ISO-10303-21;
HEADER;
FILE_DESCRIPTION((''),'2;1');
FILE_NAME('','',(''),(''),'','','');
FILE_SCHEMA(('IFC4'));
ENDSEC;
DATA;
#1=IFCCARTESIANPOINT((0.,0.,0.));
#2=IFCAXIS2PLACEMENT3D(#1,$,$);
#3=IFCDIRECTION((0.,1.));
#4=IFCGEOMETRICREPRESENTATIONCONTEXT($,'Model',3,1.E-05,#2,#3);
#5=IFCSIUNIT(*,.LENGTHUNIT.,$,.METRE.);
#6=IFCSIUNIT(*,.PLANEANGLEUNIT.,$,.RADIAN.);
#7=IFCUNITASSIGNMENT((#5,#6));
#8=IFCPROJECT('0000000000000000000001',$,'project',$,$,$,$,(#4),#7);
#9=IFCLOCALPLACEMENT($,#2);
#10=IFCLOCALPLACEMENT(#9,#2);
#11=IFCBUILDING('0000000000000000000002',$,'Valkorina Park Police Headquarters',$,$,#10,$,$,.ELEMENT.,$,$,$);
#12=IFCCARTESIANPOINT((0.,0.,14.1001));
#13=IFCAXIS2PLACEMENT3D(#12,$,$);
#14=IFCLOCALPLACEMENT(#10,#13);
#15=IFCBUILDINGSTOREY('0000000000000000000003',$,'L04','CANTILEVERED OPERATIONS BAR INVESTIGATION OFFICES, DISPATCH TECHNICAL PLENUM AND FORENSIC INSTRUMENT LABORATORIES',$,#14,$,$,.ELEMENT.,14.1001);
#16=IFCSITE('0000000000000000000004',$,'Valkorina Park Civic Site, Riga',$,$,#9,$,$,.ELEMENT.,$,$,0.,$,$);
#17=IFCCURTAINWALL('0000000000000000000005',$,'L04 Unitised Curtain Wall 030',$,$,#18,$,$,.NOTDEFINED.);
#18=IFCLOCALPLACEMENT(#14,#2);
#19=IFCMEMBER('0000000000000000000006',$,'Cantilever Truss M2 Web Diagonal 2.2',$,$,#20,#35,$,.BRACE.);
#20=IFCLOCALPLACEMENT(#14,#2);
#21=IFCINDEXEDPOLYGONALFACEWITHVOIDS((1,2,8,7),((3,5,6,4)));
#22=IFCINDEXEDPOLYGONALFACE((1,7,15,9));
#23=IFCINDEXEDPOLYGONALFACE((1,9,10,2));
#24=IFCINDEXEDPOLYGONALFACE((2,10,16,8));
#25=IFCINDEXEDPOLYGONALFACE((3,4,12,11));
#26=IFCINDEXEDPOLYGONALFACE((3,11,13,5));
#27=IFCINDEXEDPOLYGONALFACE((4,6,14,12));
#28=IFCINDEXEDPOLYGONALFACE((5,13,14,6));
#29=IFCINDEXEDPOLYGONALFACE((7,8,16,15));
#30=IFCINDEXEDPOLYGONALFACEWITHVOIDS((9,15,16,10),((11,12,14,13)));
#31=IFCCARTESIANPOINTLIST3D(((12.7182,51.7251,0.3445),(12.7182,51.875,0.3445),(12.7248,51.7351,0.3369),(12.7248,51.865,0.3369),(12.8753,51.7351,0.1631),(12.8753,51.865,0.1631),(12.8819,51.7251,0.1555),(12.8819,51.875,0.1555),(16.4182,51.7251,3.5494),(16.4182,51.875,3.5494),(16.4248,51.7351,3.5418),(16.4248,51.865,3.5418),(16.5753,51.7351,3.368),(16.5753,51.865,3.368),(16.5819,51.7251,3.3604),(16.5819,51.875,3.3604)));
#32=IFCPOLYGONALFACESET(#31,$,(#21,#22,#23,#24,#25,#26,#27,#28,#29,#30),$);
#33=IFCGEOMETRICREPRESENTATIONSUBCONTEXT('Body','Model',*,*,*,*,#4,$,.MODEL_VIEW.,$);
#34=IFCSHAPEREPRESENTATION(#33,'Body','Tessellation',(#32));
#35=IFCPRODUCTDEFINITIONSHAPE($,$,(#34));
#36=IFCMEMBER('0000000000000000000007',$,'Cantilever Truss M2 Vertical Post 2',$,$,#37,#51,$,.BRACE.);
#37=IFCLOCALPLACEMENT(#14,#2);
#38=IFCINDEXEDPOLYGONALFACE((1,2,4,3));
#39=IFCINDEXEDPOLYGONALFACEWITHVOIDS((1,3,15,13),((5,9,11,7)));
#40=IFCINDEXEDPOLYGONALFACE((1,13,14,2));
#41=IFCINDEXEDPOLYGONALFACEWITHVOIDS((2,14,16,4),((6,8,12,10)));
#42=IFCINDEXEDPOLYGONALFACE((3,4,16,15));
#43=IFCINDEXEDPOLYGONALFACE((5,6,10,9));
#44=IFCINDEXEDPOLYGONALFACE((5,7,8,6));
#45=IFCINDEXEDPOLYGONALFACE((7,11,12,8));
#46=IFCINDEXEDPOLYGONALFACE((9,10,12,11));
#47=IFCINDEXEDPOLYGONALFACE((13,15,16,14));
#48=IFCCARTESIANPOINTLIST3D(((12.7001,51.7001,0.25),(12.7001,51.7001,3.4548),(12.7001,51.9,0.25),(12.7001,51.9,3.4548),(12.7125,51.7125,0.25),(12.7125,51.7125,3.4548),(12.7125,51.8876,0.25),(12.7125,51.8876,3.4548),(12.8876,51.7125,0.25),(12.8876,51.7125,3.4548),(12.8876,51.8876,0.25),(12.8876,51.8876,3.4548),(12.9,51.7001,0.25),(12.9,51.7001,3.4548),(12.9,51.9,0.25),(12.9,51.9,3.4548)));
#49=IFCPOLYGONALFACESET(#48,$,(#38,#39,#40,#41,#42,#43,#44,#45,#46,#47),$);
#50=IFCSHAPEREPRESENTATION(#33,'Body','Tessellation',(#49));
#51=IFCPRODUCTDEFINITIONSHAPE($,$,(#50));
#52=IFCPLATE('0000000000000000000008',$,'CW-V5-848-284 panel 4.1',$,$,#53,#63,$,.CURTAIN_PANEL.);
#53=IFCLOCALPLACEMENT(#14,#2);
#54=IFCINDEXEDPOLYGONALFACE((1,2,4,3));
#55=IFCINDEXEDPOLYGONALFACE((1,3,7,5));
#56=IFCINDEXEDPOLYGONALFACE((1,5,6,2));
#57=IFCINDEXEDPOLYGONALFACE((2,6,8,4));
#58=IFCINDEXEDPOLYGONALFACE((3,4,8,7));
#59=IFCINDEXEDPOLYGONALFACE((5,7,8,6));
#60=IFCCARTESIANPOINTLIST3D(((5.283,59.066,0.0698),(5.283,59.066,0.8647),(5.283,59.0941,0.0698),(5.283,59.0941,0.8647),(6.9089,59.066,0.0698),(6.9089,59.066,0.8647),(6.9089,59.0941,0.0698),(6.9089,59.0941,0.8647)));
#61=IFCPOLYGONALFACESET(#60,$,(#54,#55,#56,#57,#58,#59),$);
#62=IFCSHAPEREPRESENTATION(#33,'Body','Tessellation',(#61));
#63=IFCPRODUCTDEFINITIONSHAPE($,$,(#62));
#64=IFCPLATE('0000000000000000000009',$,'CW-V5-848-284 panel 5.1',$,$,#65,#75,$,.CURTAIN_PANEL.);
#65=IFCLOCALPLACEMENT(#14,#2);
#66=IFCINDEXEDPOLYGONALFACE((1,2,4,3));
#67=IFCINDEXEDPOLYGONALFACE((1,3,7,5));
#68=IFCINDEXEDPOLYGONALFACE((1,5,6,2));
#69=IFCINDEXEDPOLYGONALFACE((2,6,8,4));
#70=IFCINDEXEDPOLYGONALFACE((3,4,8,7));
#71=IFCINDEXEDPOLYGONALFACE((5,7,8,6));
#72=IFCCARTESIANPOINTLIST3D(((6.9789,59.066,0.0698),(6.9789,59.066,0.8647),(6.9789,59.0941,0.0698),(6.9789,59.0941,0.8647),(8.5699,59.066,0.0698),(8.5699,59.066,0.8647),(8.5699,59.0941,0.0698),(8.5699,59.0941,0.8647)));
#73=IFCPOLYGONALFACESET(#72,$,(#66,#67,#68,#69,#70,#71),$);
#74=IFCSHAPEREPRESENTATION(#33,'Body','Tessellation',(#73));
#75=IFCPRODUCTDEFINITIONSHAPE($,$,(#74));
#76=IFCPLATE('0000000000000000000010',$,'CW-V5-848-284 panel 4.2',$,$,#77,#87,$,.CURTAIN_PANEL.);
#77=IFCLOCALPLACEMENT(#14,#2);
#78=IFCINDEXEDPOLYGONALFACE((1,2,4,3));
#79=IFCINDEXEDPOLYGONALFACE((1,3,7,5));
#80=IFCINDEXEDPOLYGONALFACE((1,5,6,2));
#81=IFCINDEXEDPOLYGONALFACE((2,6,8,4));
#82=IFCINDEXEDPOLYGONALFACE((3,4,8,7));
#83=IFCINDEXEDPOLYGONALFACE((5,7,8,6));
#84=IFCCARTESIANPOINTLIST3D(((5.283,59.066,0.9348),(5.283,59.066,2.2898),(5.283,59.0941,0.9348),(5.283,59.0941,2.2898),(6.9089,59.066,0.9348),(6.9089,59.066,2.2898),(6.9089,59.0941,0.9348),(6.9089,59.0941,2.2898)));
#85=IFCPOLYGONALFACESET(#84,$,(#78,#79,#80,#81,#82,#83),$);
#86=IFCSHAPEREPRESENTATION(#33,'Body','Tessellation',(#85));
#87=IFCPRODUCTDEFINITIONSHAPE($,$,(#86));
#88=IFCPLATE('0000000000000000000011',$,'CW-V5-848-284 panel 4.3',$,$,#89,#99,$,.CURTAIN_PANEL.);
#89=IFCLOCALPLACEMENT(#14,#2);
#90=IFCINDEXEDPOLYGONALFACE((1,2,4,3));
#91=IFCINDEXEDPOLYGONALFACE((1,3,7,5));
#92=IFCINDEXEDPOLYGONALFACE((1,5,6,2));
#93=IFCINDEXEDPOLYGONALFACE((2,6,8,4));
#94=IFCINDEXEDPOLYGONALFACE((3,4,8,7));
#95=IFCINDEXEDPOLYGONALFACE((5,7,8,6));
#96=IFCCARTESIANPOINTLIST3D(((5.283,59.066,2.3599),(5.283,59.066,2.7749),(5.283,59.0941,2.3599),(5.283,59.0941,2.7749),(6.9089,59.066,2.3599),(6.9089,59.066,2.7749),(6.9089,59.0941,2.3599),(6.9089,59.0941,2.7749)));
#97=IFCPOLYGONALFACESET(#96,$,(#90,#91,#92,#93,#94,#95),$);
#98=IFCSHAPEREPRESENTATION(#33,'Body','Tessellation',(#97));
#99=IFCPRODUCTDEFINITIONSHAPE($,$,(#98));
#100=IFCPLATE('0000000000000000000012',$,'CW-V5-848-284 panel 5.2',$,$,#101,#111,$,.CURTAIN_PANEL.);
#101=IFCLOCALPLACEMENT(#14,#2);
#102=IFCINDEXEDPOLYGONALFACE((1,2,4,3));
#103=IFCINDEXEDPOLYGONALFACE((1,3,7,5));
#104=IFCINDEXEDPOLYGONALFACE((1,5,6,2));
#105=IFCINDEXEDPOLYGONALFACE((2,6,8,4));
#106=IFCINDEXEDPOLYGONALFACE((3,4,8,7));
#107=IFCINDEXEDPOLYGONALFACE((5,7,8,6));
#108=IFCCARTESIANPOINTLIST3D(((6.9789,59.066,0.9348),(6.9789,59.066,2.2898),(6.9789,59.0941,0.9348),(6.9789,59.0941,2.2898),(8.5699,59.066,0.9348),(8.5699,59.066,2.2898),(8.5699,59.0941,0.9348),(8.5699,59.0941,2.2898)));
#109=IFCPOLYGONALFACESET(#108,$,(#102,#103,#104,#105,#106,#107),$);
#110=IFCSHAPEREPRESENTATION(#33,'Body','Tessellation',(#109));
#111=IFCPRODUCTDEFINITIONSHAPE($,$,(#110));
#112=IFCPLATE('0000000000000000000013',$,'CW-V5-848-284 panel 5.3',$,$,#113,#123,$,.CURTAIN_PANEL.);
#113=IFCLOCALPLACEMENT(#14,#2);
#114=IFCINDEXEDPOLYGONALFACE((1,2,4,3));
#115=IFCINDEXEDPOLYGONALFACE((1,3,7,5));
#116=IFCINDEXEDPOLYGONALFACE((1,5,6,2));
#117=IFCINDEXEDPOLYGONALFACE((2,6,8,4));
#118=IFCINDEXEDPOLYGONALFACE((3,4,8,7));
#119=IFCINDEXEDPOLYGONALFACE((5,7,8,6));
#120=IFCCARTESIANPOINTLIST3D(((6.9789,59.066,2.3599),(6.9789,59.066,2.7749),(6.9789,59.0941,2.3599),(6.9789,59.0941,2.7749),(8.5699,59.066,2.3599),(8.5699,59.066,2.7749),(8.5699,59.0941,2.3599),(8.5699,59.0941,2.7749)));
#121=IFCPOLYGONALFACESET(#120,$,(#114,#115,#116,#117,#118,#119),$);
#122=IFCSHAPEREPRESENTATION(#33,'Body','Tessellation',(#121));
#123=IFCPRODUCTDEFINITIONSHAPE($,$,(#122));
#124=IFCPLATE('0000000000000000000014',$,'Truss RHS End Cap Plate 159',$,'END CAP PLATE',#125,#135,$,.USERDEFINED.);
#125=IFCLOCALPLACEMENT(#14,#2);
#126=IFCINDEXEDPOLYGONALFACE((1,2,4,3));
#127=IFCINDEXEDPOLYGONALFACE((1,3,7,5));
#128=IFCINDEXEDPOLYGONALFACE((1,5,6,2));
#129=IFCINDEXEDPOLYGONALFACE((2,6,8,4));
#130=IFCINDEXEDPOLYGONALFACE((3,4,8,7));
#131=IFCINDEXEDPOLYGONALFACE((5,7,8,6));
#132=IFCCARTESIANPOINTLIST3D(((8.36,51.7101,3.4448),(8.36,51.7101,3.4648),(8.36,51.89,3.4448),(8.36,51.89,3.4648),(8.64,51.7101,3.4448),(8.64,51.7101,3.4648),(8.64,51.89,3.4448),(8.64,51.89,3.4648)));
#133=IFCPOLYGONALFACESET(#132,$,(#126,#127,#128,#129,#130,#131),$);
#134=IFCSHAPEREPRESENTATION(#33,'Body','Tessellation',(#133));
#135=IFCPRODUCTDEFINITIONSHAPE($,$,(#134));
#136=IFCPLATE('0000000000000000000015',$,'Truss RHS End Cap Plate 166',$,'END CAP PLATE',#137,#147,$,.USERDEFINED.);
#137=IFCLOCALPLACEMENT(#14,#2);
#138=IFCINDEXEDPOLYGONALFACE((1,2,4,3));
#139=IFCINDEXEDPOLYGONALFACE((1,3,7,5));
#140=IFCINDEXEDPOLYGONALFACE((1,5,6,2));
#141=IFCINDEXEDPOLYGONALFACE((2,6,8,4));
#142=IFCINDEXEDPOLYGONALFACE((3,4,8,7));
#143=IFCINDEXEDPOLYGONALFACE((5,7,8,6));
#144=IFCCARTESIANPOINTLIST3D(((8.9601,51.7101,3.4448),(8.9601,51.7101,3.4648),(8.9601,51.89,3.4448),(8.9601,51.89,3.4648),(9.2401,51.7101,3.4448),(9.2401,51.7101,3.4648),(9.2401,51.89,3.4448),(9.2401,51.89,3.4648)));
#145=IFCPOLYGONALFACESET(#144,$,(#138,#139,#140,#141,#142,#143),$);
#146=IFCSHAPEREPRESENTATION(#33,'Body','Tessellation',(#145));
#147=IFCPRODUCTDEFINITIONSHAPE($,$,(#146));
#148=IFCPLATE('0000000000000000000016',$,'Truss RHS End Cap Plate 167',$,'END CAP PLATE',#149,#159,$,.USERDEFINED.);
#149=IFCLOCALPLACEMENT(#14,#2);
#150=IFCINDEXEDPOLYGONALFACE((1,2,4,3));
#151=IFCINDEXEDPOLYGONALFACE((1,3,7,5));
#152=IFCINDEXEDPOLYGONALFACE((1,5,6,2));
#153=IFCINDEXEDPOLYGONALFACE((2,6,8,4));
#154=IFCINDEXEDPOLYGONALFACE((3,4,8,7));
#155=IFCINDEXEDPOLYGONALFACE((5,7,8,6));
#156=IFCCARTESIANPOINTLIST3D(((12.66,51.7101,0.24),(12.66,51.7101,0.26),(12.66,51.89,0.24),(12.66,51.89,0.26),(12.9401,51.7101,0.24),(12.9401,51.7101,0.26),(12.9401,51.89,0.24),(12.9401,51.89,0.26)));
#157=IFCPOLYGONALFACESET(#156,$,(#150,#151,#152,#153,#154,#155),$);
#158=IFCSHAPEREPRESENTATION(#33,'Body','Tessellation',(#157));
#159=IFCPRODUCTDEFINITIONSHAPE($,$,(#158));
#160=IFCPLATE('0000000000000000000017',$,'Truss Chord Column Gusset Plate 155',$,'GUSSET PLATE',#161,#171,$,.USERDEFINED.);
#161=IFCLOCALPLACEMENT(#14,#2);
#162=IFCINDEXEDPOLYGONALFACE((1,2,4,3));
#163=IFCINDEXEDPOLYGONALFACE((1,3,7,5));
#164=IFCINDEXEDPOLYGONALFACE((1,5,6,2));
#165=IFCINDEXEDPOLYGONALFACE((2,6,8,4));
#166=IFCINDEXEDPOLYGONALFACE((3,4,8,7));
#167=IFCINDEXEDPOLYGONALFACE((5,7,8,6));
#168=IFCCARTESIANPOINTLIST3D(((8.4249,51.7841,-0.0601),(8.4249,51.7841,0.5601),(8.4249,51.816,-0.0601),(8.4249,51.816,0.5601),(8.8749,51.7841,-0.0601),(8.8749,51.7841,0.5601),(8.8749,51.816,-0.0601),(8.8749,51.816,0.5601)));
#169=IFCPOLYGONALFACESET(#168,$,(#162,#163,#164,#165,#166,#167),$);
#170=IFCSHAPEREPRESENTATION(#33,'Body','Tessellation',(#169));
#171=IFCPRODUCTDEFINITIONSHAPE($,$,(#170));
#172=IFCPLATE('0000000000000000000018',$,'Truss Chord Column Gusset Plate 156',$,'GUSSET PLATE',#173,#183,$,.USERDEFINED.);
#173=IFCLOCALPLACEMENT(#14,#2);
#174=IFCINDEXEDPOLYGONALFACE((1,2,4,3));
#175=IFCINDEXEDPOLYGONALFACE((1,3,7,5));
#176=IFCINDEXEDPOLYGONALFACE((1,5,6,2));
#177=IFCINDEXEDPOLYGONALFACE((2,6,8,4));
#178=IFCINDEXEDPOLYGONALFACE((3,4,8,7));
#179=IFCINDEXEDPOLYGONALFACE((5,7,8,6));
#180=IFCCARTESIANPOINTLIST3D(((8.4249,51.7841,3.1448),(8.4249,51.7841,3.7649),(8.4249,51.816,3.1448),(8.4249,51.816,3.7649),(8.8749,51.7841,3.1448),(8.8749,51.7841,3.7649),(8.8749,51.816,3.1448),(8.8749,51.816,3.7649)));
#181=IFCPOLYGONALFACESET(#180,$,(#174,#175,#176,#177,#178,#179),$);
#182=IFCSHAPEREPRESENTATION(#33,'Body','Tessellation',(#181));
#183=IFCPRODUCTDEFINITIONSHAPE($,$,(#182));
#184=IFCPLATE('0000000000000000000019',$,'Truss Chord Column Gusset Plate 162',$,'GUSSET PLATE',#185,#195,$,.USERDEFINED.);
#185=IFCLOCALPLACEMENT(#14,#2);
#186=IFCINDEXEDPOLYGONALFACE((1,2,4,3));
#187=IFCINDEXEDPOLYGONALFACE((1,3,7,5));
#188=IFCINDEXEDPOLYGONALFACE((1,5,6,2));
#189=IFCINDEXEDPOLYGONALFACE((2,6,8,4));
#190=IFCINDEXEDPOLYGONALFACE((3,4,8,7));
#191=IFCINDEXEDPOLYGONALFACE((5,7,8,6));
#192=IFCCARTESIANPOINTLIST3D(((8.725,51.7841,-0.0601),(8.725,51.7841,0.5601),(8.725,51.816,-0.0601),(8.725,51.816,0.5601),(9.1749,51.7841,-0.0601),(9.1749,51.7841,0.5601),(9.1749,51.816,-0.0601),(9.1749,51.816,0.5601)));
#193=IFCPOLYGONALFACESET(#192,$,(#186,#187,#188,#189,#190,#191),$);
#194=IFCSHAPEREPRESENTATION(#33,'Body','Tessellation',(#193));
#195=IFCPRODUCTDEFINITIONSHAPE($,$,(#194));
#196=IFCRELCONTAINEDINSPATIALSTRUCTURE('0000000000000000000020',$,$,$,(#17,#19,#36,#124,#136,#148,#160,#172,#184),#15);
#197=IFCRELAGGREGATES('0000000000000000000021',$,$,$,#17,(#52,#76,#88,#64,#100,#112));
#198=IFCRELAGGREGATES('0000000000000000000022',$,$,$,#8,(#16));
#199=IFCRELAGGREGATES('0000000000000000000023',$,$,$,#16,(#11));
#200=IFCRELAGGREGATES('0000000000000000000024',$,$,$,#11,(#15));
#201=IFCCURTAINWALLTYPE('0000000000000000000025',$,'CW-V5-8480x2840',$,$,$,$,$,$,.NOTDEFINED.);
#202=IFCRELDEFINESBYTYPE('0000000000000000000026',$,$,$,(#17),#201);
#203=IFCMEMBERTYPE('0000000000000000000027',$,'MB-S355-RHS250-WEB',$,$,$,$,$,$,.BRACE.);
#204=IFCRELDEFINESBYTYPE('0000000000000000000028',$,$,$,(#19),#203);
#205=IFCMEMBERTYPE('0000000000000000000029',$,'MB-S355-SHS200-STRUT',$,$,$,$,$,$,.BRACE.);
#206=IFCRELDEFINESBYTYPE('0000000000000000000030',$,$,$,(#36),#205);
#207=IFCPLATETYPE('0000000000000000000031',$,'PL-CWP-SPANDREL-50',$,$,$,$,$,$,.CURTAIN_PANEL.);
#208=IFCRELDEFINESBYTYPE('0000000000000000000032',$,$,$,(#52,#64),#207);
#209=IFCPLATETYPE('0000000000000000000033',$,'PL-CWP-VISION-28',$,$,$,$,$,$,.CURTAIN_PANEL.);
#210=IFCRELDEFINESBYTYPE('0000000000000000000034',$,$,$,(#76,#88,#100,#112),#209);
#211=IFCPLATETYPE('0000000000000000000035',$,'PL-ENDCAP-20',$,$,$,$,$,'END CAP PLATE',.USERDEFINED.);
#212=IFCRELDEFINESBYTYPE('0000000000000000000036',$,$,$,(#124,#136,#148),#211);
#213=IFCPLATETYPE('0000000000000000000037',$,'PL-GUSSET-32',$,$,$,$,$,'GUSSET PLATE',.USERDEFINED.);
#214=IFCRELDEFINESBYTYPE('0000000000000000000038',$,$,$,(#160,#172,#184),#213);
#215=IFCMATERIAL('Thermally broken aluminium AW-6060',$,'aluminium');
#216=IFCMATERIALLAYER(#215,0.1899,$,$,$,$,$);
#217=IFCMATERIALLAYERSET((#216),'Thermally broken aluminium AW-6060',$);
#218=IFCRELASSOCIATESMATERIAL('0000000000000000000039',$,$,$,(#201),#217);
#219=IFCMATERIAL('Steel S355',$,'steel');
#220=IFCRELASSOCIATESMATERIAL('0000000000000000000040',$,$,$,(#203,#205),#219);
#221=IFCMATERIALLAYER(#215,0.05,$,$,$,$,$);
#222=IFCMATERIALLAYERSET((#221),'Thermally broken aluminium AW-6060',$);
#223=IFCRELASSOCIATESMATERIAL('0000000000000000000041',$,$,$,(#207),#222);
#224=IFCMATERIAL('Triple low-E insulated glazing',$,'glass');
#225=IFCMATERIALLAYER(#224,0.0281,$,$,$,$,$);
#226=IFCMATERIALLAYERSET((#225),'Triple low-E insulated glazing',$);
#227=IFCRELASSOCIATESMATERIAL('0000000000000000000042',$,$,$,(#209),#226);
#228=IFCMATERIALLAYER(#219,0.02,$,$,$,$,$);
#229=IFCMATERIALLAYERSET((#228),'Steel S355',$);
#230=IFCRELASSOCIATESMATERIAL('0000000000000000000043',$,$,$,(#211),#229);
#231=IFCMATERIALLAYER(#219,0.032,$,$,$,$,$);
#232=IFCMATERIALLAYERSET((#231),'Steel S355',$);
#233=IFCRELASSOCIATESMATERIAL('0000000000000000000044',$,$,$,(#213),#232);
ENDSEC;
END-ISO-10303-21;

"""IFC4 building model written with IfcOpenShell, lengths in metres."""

from ifc_helpers import new_model, si_unit, direction, frame, origin, origin_2d, place, context, subcontext, project, spatial, rectangle, hollow_rectangle, extrude, material, layer, layer_set, material_profile, profile_set, type_object, element, aggregate, save


model = new_model("IFC4")

# Units and contexts
model_context = context("Model", 3, precision=1e-05, world=origin(), true_north=direction((0.0, 1.0)))
body_context = subcontext(model_context, "Body", "Model", "MODEL_VIEW")
ifc_project = project(units=[si_unit("LENGTHUNIT", "METRE"), si_unit("PLANEANGLEUNIT", "RADIAN")], contexts=[model_context])

# Site, building, storey
site_placement = place(None, origin())
site = spatial("IfcSite", under=ifc_project, at=site_placement, Name="Valkorina Park Civic Site, Riga", CompositionType="ELEMENT", RefElevation=0.0)
building_placement = place(site_placement, origin())
building = spatial("IfcBuilding", under=site, at=building_placement, Name="Valkorina Park Police Headquarters", CompositionType="ELEMENT")
storey_placement = place(building_placement, frame((0.0, 0.0, 14.1001)))
storey = spatial("IfcBuildingStorey", under=building, at=storey_placement, Name="L04", Description="CANTILEVERED OPERATIONS BAR INVESTIGATION OFFICES, DISPATCH TECHNICAL PLENUM AND FORENSIC INSTRUMENT LABORATORIES", CompositionType="ELEMENT", Elevation=14.1001)

# Shared definitions
ifc_material_1 = material(Name="Steel S355", Category="steel")

# Curtain wall
ifc_material_2 = material(Name="Thermally broken aluminium AW-6060", Category="aluminium")
ifc_layer_1 = layer(ifc_material_2, 0.1899)
ifc_layer_set_1 = layer_set([ifc_layer_1], Name="Thermally broken aluminium AW-6060")
curtain_wall_type_1 = type_object("IfcCurtainWallType", Name="CW-V5-8480x2840", PredefinedType="NOTDEFINED", material=ifc_layer_set_1)
curtain_wall_1_placement = place(storey_placement, origin())
curtain_wall_1 = element("IfcCurtainWall", 1, at=curtain_wall_1_placement, inside=storey, type_object=curtain_wall_type_1, Name="L04 Unitised Curtain Wall 030", PredefinedType="NOTDEFINED")

# Members
ifc_material_profile_1 = material_profile(ifc_material_1, hollow_rectangle(XDim=0.1499, YDim=0.25, WallThickness=0.01, at=origin_2d()), Name="RHS 250x150x10")
ifc_profile_set_1 = profile_set([ifc_material_profile_1], Name="Steel S355")
member_type_1 = type_object("IfcMemberType", Name="MB-S355-RHS250-WEB", PredefinedType="BRACE", material=ifc_profile_set_1)
for number, where, z_axis, x_axis, name in (
    (2, (12.8, 51.8, 0.25), (0.75587, 0.0, 0.654722), (0.0, 1.0, 0.0), "Cantilever Truss M2 Web Diagonal 2.2"),
):
    element("IfcMember", number, at=place(storey_placement, frame(where, z_axis=z_axis, x_axis=x_axis)), inside=storey, type_object=member_type_1, Name=name, PredefinedType="BRACE", context=body_context, shape_type="SweptSolid", body=[
        extrude(hollow_rectangle(XDim=0.1499, YDim=0.25, WallThickness=0.01, at=origin_2d()), origin(), (0.0, 0.0, 1.0), 4.895),
    ])
ifc_material_profile_2 = material_profile(ifc_material_1, hollow_rectangle(XDim=0.2, YDim=0.2, WallThickness=0.0125, at=origin_2d()), Name="SHS 200x200x12.5")
ifc_profile_set_2 = profile_set([ifc_material_profile_2], Name="Steel S355")
member_type_2 = type_object("IfcMemberType", Name="MB-S355-SHS200-STRUT", PredefinedType="BRACE", material=ifc_profile_set_2)
member_1_placement = place(storey_placement, frame((12.8, 51.8, 0.25), z_axis=(0.0, 0.0, 1.0), x_axis=(1.0, 0.0, 0.0)))
element("IfcMember", 3, at=member_1_placement, inside=storey, type_object=member_type_2, Name="Cantilever Truss M2 Vertical Post 2", PredefinedType="BRACE", context=body_context, shape_type="SweptSolid", body=[
    extrude(hollow_rectangle(XDim=0.2, YDim=0.2, WallThickness=0.0125, at=origin_2d()), origin(), (0.0, 0.0, 1.0), 3.2048),
])

# Plates
ifc_layer_2 = layer(ifc_material_2, 0.05)
ifc_layer_set_2 = layer_set([ifc_layer_2], Name="Thermally broken aluminium AW-6060")
plate_type_1 = type_object("IfcPlateType", Name="PL-CWP-SPANDREL-50", PredefinedType="CURTAIN_PANEL", material=ifc_layer_set_2)
plate_1_placement = place(storey_placement, frame((6.0959, 59.0801, 0.0698), z_axis=(0.0, 0.0, 1.0), x_axis=(1.0, 0.0, 0.0)))
plate_1 = element("IfcPlate", 4, at=plate_1_placement, type_object=plate_type_1, Name="CW-V5-848-284 panel 4.1", PredefinedType="CURTAIN_PANEL", context=body_context, shape_type="SweptSolid", body=[
    extrude(rectangle(XDim=1.626, YDim=0.0281, at=origin_2d()), origin(), (0.0, 0.0, 1.0), 0.7949),
])
plate_2_placement = place(storey_placement, frame((7.7744, 59.0801, 0.0698), z_axis=(0.0, 0.0, 1.0), x_axis=(1.0, 0.0, 0.0)))
plate_2 = element("IfcPlate", 5, at=plate_2_placement, type_object=plate_type_1, Name="CW-V5-848-284 panel 5.1", PredefinedType="CURTAIN_PANEL", context=body_context, shape_type="SweptSolid", body=[
    extrude(rectangle(XDim=1.5911, YDim=0.0281, at=origin_2d()), origin(), (0.0, 0.0, 1.0), 0.7949),
])
ifc_material_3 = material(Name="Triple low-E insulated glazing", Category="glass")
ifc_layer_3 = layer(ifc_material_3, 0.0281)
ifc_layer_set_3 = layer_set([ifc_layer_3], Name="Triple low-E insulated glazing")
plate_type_2 = type_object("IfcPlateType", Name="PL-CWP-VISION-28", PredefinedType="CURTAIN_PANEL", material=ifc_layer_set_3)
plate_3_placement = place(storey_placement, frame((6.0959, 59.0801, 0.9348), z_axis=(0.0, 0.0, 1.0), x_axis=(1.0, 0.0, 0.0)))
plate_3 = element("IfcPlate", 6, at=plate_3_placement, type_object=plate_type_2, Name="CW-V5-848-284 panel 4.2", PredefinedType="CURTAIN_PANEL", context=body_context, shape_type="SweptSolid", body=[
    extrude(rectangle(XDim=1.626, YDim=0.0281, at=origin_2d()), origin(), (0.0, 0.0, 1.0), 1.355),
])
plate_4_placement = place(storey_placement, frame((6.0959, 59.0801, 2.3599), z_axis=(0.0, 0.0, 1.0), x_axis=(1.0, 0.0, 0.0)))
plate_4 = element("IfcPlate", 7, at=plate_4_placement, type_object=plate_type_2, Name="CW-V5-848-284 panel 4.3", PredefinedType="CURTAIN_PANEL", context=body_context, shape_type="SweptSolid", body=[
    extrude(rectangle(XDim=1.626, YDim=0.0281, at=origin_2d()), origin(), (0.0, 0.0, 1.0), 0.415),
])
plate_5_placement = place(storey_placement, frame((7.7744, 59.0801, 0.9348), z_axis=(0.0, 0.0, 1.0), x_axis=(1.0, 0.0, 0.0)))
plate_5 = element("IfcPlate", 8, at=plate_5_placement, type_object=plate_type_2, Name="CW-V5-848-284 panel 5.2", PredefinedType="CURTAIN_PANEL", context=body_context, shape_type="SweptSolid", body=[
    extrude(rectangle(XDim=1.5911, YDim=0.0281, at=origin_2d()), origin(), (0.0, 0.0, 1.0), 1.355),
])
plate_6_placement = place(storey_placement, frame((7.7744, 59.0801, 2.3599), z_axis=(0.0, 0.0, 1.0), x_axis=(1.0, 0.0, 0.0)))
plate_6 = element("IfcPlate", 9, at=plate_6_placement, type_object=plate_type_2, Name="CW-V5-848-284 panel 5.3", PredefinedType="CURTAIN_PANEL", context=body_context, shape_type="SweptSolid", body=[
    extrude(rectangle(XDim=1.5911, YDim=0.0281, at=origin_2d()), origin(), (0.0, 0.0, 1.0), 0.415),
])
aggregate(curtain_wall_1, [plate_1, plate_3, plate_4, plate_2, plate_5, plate_6])

# Plates
ifc_layer_4 = layer(ifc_material_1, 0.02)
ifc_layer_set_4 = layer_set([ifc_layer_4], Name="Steel S355")
plate_type_3 = type_object("IfcPlateType", Name="PL-ENDCAP-20", ElementType="END CAP PLATE", PredefinedType="USERDEFINED", material=ifc_layer_set_4)
for number, where, z_axis, x_axis, name in (
    (10, (8.5, 51.8, 3.4448), (0.0, 0.0, 1.0), (1.0, 0.0, 0.0), "Truss RHS End Cap Plate 159"),
    (11, (9.1001, 51.8, 3.4448), (0.0, 0.0, 1.0), (1.0, 0.0, 0.0), "Truss RHS End Cap Plate 166"),
    (12, (12.8, 51.8, 0.24), (0.0, 0.0, 1.0), (1.0, 0.0, 0.0), "Truss RHS End Cap Plate 167"),
):
    element("IfcPlate", number, at=place(storey_placement, frame(where, z_axis=z_axis, x_axis=x_axis)), inside=storey, type_object=plate_type_3, Name=name, ObjectType="END CAP PLATE", PredefinedType="USERDEFINED", context=body_context, shape_type="SweptSolid", body=[
        extrude(rectangle(XDim=0.28, YDim=0.1799, at=origin_2d()), origin(), (0.0, 0.0, 1.0), 0.02),
    ])
ifc_layer_5 = layer(ifc_material_1, 0.032)
ifc_layer_set_5 = layer_set([ifc_layer_5], Name="Steel S355")
plate_type_4 = type_object("IfcPlateType", Name="PL-GUSSET-32", ElementType="GUSSET PLATE", PredefinedType="USERDEFINED", material=ifc_layer_set_5)
for number, where, z_axis, x_axis, name in (
    (13, (8.6499, 51.8, -0.0601), (0.0, 0.0, 1.0), (1.0, 0.0, 0.0), "Truss Chord Column Gusset Plate 155"),
    (14, (8.6499, 51.8, 3.1448), (0.0, 0.0, 1.0), (1.0, 0.0, 0.0), "Truss Chord Column Gusset Plate 156"),
    (15, (8.95, 51.8, -0.0601), (0.0, 0.0, 1.0), (1.0, 0.0, 0.0), "Truss Chord Column Gusset Plate 162"),
):
    element("IfcPlate", number, at=place(storey_placement, frame(where, z_axis=z_axis, x_axis=x_axis)), inside=storey, type_object=plate_type_4, Name=name, ObjectType="GUSSET PLATE", PredefinedType="USERDEFINED", context=body_context, shape_type="SweptSolid", body=[
        extrude(rectangle(XDim=0.45, YDim=0.032, at=origin_2d()), origin(), (0.0, 0.0, 1.0), 0.6201),
    ])

save(model, "model.ifc")
